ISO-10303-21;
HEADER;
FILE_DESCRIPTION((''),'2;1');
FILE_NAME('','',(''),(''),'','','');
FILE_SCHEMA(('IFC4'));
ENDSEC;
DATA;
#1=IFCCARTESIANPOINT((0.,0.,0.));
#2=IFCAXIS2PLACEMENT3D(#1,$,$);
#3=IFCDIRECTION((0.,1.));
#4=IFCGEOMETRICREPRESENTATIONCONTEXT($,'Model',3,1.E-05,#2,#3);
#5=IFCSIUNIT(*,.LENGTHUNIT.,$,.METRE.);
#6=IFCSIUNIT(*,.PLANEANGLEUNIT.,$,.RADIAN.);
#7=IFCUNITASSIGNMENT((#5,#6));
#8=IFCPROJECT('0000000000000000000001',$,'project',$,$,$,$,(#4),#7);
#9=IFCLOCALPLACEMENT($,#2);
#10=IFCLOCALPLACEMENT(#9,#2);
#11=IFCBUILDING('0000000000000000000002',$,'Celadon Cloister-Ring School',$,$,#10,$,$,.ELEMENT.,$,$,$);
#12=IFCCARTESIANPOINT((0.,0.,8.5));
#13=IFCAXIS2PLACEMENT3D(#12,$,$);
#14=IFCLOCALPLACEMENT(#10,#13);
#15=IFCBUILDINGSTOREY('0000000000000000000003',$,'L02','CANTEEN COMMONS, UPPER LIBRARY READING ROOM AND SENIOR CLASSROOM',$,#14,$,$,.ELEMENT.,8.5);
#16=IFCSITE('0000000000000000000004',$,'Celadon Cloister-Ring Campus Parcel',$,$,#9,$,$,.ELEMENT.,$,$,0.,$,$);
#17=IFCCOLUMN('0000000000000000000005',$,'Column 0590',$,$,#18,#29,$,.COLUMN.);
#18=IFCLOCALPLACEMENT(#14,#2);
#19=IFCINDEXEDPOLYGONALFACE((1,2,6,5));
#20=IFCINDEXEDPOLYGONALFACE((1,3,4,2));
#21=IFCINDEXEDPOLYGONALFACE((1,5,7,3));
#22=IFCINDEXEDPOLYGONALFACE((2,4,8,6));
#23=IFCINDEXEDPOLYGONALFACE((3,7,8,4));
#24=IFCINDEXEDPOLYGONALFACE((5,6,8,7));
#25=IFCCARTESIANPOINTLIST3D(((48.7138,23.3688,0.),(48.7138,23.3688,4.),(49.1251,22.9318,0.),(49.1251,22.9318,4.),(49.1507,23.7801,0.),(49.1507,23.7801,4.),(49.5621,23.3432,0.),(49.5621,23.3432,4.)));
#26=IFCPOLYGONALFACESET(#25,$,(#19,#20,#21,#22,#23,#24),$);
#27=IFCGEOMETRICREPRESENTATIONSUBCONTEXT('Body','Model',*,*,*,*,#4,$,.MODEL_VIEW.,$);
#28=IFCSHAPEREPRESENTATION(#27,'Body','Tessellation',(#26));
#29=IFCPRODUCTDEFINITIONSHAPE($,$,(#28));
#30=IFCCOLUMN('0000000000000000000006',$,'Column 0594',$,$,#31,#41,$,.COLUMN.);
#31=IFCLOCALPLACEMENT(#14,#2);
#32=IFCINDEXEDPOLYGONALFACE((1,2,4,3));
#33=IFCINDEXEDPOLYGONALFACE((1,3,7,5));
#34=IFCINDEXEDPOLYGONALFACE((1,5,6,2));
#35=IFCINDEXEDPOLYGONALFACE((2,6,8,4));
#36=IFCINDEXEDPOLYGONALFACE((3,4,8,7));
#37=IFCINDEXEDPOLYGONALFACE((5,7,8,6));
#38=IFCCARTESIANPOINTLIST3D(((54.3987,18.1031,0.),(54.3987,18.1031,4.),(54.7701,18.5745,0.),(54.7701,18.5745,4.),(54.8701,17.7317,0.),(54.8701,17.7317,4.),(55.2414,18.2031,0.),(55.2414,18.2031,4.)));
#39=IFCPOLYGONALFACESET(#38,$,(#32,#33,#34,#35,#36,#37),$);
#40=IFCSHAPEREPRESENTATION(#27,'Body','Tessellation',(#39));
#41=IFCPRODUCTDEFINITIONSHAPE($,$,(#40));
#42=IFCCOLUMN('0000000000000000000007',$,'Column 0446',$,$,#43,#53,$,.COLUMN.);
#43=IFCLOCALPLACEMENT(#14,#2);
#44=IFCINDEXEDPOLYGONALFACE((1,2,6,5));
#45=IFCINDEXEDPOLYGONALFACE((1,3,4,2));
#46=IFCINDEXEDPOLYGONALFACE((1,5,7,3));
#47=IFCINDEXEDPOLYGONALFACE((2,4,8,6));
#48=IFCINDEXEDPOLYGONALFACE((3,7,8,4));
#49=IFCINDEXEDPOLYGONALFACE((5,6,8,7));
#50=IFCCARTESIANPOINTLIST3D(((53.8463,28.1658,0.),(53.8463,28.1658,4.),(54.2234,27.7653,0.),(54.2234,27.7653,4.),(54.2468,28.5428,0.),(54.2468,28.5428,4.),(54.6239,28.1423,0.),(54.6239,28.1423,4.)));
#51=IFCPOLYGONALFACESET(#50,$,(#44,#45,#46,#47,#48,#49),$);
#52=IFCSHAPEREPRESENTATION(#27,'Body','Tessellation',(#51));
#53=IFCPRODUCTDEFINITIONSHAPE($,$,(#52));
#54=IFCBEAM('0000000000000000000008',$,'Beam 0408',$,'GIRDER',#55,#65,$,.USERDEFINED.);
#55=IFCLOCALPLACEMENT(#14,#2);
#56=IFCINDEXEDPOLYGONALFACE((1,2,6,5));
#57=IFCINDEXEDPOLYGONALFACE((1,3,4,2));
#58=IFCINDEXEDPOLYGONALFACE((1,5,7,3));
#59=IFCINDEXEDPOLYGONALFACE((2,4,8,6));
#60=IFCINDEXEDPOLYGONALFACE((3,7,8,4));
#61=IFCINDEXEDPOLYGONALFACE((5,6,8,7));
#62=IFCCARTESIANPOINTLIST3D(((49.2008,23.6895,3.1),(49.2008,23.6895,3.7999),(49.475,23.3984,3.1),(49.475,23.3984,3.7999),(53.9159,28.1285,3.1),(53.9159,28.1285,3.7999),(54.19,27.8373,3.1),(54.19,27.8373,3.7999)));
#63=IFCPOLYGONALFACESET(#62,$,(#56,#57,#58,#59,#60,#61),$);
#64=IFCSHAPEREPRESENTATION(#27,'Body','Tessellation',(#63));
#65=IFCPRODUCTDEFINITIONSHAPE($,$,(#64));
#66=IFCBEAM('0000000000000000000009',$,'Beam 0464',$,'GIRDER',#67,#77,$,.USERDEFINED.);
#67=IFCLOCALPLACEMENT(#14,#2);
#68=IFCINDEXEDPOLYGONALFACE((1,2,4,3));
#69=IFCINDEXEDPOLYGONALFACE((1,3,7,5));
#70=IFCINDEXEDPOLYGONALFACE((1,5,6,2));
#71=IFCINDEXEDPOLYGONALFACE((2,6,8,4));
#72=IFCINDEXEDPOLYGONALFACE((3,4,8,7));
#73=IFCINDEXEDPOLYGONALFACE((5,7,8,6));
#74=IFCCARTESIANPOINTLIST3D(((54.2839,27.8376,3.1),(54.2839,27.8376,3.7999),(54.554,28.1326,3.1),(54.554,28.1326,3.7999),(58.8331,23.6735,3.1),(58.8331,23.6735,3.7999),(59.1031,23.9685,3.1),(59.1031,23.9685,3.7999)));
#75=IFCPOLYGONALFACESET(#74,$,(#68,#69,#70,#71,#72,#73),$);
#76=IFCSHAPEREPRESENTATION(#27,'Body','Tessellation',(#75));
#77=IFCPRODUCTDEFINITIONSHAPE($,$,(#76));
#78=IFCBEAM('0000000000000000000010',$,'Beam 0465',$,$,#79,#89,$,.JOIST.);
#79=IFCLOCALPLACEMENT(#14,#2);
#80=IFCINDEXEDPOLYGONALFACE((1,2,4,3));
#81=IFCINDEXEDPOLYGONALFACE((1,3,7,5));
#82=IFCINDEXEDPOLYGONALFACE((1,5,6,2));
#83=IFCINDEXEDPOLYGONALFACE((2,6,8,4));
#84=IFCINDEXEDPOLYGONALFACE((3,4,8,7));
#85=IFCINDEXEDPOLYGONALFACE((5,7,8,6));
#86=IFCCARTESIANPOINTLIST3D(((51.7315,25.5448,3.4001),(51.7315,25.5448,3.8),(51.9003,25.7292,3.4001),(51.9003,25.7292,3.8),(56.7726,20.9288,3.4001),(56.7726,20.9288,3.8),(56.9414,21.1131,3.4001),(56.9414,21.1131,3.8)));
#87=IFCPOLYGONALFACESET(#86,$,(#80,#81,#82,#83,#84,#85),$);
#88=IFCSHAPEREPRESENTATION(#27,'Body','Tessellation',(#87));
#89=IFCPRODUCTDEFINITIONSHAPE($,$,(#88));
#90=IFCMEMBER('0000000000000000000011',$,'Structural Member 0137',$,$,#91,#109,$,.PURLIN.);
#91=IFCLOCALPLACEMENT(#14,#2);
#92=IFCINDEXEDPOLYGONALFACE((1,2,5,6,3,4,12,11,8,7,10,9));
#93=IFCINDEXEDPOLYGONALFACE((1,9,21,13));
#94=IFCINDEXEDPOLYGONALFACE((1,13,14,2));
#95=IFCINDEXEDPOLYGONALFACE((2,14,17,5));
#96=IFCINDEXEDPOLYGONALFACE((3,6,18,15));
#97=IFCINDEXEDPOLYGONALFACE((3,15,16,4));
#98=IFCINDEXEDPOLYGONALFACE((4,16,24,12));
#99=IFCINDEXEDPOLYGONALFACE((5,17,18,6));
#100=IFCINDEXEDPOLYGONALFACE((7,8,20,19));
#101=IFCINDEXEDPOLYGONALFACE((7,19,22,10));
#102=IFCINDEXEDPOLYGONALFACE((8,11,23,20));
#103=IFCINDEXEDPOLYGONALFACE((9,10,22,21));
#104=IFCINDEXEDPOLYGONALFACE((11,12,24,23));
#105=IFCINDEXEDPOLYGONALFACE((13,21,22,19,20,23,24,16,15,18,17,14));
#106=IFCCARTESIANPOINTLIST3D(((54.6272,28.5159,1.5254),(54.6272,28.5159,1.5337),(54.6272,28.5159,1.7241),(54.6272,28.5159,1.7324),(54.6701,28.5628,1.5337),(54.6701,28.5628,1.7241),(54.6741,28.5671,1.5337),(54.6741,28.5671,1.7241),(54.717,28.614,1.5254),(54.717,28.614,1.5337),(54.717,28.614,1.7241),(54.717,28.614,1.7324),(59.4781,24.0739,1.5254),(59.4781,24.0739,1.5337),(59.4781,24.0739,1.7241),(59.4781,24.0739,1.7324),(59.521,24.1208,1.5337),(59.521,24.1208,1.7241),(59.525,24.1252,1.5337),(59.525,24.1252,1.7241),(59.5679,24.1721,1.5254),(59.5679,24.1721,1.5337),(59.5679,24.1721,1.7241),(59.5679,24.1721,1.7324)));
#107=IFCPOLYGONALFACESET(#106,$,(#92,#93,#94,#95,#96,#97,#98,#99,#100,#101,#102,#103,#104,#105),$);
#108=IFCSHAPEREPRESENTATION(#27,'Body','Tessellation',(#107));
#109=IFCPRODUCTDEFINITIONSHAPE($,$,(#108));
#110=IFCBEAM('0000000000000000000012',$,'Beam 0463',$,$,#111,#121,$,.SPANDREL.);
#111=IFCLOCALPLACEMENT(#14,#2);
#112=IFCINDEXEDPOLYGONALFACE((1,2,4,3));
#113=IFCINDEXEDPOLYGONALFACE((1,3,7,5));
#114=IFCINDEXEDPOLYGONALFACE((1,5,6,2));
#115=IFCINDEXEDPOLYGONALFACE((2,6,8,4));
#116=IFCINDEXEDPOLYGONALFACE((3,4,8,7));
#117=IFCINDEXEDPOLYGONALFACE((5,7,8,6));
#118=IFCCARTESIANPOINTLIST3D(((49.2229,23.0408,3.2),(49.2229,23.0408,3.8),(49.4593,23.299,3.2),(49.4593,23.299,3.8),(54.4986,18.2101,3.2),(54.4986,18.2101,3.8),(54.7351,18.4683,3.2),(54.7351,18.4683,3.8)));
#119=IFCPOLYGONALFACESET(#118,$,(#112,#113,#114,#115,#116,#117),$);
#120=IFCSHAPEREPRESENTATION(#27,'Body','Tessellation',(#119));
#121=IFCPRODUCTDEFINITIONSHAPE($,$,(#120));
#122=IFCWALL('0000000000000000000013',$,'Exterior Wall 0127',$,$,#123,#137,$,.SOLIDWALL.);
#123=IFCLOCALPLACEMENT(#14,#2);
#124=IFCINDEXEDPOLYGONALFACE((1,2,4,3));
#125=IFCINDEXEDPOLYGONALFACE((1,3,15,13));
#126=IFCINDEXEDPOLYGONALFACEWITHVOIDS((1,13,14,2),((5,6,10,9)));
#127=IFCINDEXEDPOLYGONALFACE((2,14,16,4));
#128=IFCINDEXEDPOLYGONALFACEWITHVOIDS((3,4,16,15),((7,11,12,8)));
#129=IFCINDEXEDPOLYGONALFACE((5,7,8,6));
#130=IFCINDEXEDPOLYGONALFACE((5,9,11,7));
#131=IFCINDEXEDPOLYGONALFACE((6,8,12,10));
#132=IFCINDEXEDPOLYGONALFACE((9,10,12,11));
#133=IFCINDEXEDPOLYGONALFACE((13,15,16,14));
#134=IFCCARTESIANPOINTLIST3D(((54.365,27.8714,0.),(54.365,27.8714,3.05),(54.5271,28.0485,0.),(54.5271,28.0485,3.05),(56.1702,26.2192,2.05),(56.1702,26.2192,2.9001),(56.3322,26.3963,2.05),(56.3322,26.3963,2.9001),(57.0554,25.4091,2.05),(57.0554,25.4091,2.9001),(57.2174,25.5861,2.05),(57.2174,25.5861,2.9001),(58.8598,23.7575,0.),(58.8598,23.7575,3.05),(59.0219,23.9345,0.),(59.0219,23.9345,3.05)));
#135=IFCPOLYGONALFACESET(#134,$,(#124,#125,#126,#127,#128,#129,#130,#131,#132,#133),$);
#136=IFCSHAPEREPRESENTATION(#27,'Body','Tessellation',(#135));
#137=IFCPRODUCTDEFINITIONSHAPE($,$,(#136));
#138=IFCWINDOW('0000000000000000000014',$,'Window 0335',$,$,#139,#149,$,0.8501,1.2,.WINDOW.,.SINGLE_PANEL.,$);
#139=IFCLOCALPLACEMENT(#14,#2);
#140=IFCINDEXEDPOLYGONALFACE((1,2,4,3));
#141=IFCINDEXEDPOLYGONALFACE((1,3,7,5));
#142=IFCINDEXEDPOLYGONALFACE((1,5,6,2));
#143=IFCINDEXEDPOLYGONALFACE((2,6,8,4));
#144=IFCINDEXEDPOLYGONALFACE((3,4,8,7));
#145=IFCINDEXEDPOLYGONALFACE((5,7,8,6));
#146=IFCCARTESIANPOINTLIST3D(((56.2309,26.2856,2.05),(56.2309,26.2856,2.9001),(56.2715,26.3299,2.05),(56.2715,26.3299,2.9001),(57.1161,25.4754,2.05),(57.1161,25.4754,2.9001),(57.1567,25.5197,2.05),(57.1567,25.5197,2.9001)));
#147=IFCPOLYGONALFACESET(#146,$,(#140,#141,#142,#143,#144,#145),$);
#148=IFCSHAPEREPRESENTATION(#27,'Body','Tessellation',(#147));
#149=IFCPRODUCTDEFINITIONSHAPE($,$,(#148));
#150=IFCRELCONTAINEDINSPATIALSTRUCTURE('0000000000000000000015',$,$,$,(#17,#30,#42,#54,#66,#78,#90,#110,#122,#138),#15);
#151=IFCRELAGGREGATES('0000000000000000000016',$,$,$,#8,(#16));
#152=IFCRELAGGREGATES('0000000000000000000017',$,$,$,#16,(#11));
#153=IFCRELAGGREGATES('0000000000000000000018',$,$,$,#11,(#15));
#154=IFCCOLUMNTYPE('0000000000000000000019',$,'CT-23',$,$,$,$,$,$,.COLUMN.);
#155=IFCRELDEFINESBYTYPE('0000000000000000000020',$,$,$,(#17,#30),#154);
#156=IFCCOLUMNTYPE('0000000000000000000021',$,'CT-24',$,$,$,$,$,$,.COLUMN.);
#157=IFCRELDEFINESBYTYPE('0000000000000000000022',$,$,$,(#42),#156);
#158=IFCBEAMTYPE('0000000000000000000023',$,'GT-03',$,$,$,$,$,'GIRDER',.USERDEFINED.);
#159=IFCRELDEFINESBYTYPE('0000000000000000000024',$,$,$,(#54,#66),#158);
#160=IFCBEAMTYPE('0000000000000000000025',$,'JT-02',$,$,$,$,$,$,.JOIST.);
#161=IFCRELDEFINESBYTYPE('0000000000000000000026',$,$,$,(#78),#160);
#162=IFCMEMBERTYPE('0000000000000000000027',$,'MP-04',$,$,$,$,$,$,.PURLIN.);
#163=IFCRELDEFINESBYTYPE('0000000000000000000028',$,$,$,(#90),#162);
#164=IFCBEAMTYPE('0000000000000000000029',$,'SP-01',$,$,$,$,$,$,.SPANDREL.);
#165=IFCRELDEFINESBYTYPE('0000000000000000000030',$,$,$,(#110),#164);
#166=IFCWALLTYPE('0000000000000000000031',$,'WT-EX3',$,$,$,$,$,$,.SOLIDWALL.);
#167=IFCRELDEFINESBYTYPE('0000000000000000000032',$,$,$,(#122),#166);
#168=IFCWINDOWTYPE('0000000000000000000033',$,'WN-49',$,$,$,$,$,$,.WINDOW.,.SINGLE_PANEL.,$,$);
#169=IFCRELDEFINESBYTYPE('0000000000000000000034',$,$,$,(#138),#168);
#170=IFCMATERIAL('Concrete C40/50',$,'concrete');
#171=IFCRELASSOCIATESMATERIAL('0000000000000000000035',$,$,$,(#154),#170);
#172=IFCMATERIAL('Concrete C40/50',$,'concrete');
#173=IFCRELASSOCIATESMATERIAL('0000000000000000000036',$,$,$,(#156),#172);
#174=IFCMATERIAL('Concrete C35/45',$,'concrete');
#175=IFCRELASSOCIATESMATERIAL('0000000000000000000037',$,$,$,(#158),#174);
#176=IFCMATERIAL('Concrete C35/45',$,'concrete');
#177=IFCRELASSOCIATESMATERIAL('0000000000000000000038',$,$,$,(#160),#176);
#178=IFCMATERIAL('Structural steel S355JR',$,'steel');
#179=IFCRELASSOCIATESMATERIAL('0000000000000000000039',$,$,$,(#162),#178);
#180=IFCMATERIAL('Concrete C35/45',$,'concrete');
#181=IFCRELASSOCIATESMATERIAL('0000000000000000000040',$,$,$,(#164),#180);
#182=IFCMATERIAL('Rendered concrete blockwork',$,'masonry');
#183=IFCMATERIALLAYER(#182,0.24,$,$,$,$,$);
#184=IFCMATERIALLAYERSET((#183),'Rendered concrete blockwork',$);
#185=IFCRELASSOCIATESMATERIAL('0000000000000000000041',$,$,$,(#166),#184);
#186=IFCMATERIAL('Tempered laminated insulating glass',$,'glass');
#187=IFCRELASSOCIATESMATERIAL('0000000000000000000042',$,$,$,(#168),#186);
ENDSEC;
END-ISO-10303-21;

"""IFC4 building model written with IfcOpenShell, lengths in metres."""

from ifc_helpers import new_model, si_unit, direction, frame, frame_2d, origin, origin_2d, place, context, subcontext, project, spatial, rectangle, i_section, extrude, material, layer, layer_set, material_profile, profile_set, type_object, element, fill, save


model = new_model("IFC4")

# Units and contexts
model_context = context("Model", 3, precision=1e-05, world=origin(), true_north=direction((0.0, 1.0)))
body_context = subcontext(model_context, "Body", "Model", "MODEL_VIEW")
ifc_project = project(units=[si_unit("LENGTHUNIT", "METRE"), si_unit("PLANEANGLEUNIT", "RADIAN")], contexts=[model_context])

# Site, building, storey
site_placement = place(None, origin())
site = spatial("IfcSite", under=ifc_project, at=site_placement, Name="Celadon Cloister-Ring Campus Parcel", CompositionType="ELEMENT", RefElevation=0.0)
building_placement = place(site_placement, origin())
building = spatial("IfcBuilding", under=site, at=building_placement, Name="Celadon Cloister-Ring School", CompositionType="ELEMENT")
storey_placement = place(building_placement, frame((0.0, 0.0, 8.5)))
storey = spatial("IfcBuildingStorey", under=building, at=storey_placement, Name="L02", Description="CANTEEN COMMONS, UPPER LIBRARY READING ROOM AND SENIOR CLASSROOM", CompositionType="ELEMENT", Elevation=8.5)

# Columns
ifc_material_1 = material(Name="Concrete C40/50", Category="concrete")
ifc_material_profile_1 = material_profile(ifc_material_1, rectangle(XDim=0.6001, YDim=0.6001, at=origin_2d()), Name="RC600X600")
ifc_profile_set_1 = profile_set([ifc_material_profile_1], Name="Concrete C40/50")
column_type_1 = type_object("IfcColumnType", Name="CT-23", PredefinedType="COLUMN", material=ifc_profile_set_1)
for number, where, z_axis, x_axis, name in (
    (1, (49.1379, 23.356, 0.0), (0.0, 0.0, 1.0), (-0.728108, -0.685463, 0.0), "Column 0590"),
    (2, (54.8201, 18.1531, 0.0), (0.0, 0.0, 1.0), (-0.618847, -0.785511, 0.0), "Column 0594"),
):
    element("IfcColumn", number, at=place(storey_placement, frame(where, z_axis=z_axis, x_axis=x_axis)), inside=storey, type_object=column_type_1, Name=name, PredefinedType="COLUMN", context=body_context, shape_type="SweptSolid", body=[
        extrude(rectangle(XDim=0.6001, YDim=0.6001, at=origin_2d()), origin(), (0.0, 0.0, 1.0), 4.0),
    ])
ifc_material_2 = material(Name="Concrete C40/50", Category="concrete")
ifc_material_profile_2 = material_profile(ifc_material_2, rectangle(XDim=0.55, YDim=0.55, at=origin_2d()), Name="RC550X550")
ifc_profile_set_2 = profile_set([ifc_material_profile_2], Name="Concrete C40/50")
column_type_2 = type_object("IfcColumnType", Name="CT-24", PredefinedType="COLUMN", material=ifc_profile_set_2)
column_placement = place(storey_placement, frame((54.2351, 28.1541, 0.0), z_axis=(0.0, 0.0, 1.0), x_axis=(-0.728108, -0.685463, 0.0)))
element("IfcColumn", 3, at=column_placement, inside=storey, type_object=column_type_2, Name="Column 0446", PredefinedType="COLUMN", context=body_context, shape_type="SweptSolid", body=[
    extrude(rectangle(XDim=0.55, YDim=0.55, at=origin_2d()), origin(), (0.0, 0.0, 1.0), 4.0),
])

# Beams
ifc_material_3 = material(Name="Concrete C35/45", Category="concrete")
ifc_material_profile_3 = material_profile(ifc_material_3, rectangle(XDim=0.3999, YDim=0.7, at=origin_2d()), Name="RC400X700")
ifc_profile_set_3 = profile_set([ifc_material_profile_3], Name="Concrete C35/45")
beam_type_1 = type_object("IfcBeamType", Name="GT-03", ElementType="GIRDER", PredefinedType="USERDEFINED", material=ifc_profile_set_3)
beam_1_placement = place(storey_placement, frame((49.3379, 23.5439, 3.45), z_axis=(0.728105, 0.685466, 0.0), x_axis=(-0.685466, 0.728105, 0.0)))
element("IfcBeam", 4, at=beam_1_placement, inside=storey, type_object=beam_type_1, Name="Beam 0408", ObjectType="GIRDER", PredefinedType="USERDEFINED", context=body_context, shape_type="SweptSolid", body=[
    extrude(rectangle(XDim=0.3999, YDim=0.7, at=origin_2d()), origin(), (0.0, 0.0, 1.0), 6.4758),
])
beam_2_placement = place(storey_placement, frame((54.4189, 27.9851, 3.45), z_axis=(0.737632, -0.675203, 0.0), x_axis=(0.675203, 0.737632, 0.0)))
element("IfcBeam", 5, at=beam_2_placement, inside=storey, type_object=beam_type_1, Name="Beam 0464", ObjectType="GIRDER", PredefinedType="USERDEFINED", context=body_context, shape_type="SweptSolid", body=[
    extrude(rectangle(XDim=0.3999, YDim=0.7, at=origin_2d()), origin(), (0.0, 0.0, 1.0), 6.1672),
])
ifc_material_4 = material(Name="Concrete C35/45", Category="concrete")
ifc_material_profile_4 = material_profile(ifc_material_4, rectangle(XDim=0.25, YDim=0.3999, at=origin_2d()), Name="RC250X400")
ifc_profile_set_4 = profile_set([ifc_material_profile_4], Name="Concrete C35/45")
beam_type_2 = type_object("IfcBeamType", Name="JT-02", PredefinedType="JOIST", material=ifc_profile_set_4)
beam_3_placement = place(storey_placement, frame((51.8159, 25.637, 3.6001), z_axis=(0.737516, -0.67533, 0.0), x_axis=(0.67533, 0.737516, 0.0)))
element("IfcBeam", 6, at=beam_3_placement, inside=storey, type_object=beam_type_2, Name="Beam 0465", PredefinedType="JOIST", context=body_context, shape_type="SweptSolid", body=[
    extrude(rectangle(XDim=0.25, YDim=0.3999, at=origin_2d()), origin(), (0.0, 0.0, 1.0), 6.8352),
])

# Member
ifc_material_5 = material(Name="Structural steel S355JR", Category="steel")
ifc_material_profile_5 = material_profile(ifc_material_5, i_section(OverallWidth=0.1331, OverallDepth=0.207, WebThickness=0.0059, FlangeThickness=0.0083, at=origin_2d()), Name="W200X27")
ifc_profile_set_5 = profile_set([ifc_material_profile_5], Name="Structural steel S355JR")
member_type = type_object("IfcMemberType", Name="MP-04", PredefinedType="PURLIN", material=ifc_profile_set_5)
member_placement = place(storey_placement, frame((54.6721, 28.5649, 1.6289), z_axis=(0.73751, -0.675336, 0.0), x_axis=(0.675336, 0.73751, 0.0)))
element("IfcMember", 7, at=member_placement, inside=storey, type_object=member_type, Name="Structural Member 0137", PredefinedType="PURLIN", context=body_context, shape_type="SweptSolid", body=[
    extrude(i_section(OverallWidth=0.1331, OverallDepth=0.207, WebThickness=0.0059, FlangeThickness=0.0083, at=origin_2d()), origin(), (0.0, 0.0, 1.0), 6.5774),
])

# Beam
ifc_material_6 = material(Name="Concrete C35/45", Category="concrete")
ifc_material_profile_6 = material_profile(ifc_material_6, rectangle(XDim=0.3501, YDim=0.6001, at=origin_2d()), Name="RC350X600")
ifc_profile_set_6 = profile_set([ifc_material_profile_6], Name="Concrete C35/45")
beam_type_3 = type_object("IfcBeamType", Name="SP-01", PredefinedType="SPANDREL", material=ifc_profile_set_6)
beam_4_placement = place(storey_placement, frame((49.3411, 23.1699, 3.5), z_axis=(0.737531, -0.675313, 0.0), x_axis=(0.675313, 0.737531, 0.0)))
element("IfcBeam", 8, at=beam_4_placement, inside=storey, type_object=beam_type_3, Name="Beam 0463", PredefinedType="SPANDREL", context=body_context, shape_type="SweptSolid", body=[
    extrude(rectangle(XDim=0.3501, YDim=0.6001, at=origin_2d()), origin(), (0.0, 0.0, 1.0), 7.1533),
])

# Wall, opening, window
ifc_material_7 = material(Name="Rendered concrete blockwork", Category="masonry")
ifc_layer_1 = layer(ifc_material_7, 0.24)
ifc_layer_set_1 = layer_set([ifc_layer_1], Name="Rendered concrete blockwork")
wall_type_1 = type_object("IfcWallType", Name="WT-EX3", PredefinedType="SOLIDWALL", material=ifc_layer_set_1)
wall_1_placement = place(storey_placement, frame((54.446, 27.96, 0.0), z_axis=(0.0, 0.0, 1.0), x_axis=(0.737668, -0.675164, 0.0)))
wall_1 = element("IfcWall", 9, at=wall_1_placement, inside=storey, type_object=wall_type_1, Name="Exterior Wall 0127", PredefinedType="SOLIDWALL", context=body_context, shape_type="SweptSolid", body=[
    extrude(rectangle(XDim=6.0933, YDim=0.24, at=frame_2d((3.0466, 0.0))), origin(), (0.0, 0.0, 1.0), 3.05),
])
opening_1_placement = place(wall_1_placement, frame((2.447, 0.0, 2.05)))
opening_1 = element("IfcOpeningElement", 10, at=opening_1_placement, cuts=wall_1, PredefinedType="OPENING", context=body_context, shape_type="SweptSolid", body=[
    extrude(rectangle(XDim=1.2, YDim=0.8501, at=frame_2d((0.6001, 0.425))), frame((0.0, 0.1299, 0.0), z_axis=(0.0, -1.0, 0.0), x_axis=(1.0, 0.0, 0.0)), (0.0, 0.0, 1.0), 0.26),
])
ifc_material_8 = material(Name="Tempered laminated insulating glass", Category="glass")
window_type_1 = type_object("IfcWindowType", Name="WN-49", PartitioningType="SINGLE_PANEL", PredefinedType="WINDOW", material=ifc_material_8)
window_1_placement = place(opening_1_placement, origin())
window_1 = element("IfcWindow", 11, at=window_1_placement, inside=storey, type_object=window_type_1, Name="Window 0335", OverallHeight=0.8501, OverallWidth=1.2, PartitioningType="SINGLE_PANEL", PredefinedType="WINDOW", context=body_context, shape_type="SweptSolid", body=[
    extrude(rectangle(XDim=1.2, YDim=0.8501, at=frame_2d((0.6001, 0.425))), frame((0.0, 0.03, 0.0), z_axis=(0.0, -1.0, 0.0), x_axis=(1.0, 0.0, 0.0)), (0.0, 0.0, 1.0), 0.0601),
])
fill(opening_1, window_1)

save(model, "model.ifc")
